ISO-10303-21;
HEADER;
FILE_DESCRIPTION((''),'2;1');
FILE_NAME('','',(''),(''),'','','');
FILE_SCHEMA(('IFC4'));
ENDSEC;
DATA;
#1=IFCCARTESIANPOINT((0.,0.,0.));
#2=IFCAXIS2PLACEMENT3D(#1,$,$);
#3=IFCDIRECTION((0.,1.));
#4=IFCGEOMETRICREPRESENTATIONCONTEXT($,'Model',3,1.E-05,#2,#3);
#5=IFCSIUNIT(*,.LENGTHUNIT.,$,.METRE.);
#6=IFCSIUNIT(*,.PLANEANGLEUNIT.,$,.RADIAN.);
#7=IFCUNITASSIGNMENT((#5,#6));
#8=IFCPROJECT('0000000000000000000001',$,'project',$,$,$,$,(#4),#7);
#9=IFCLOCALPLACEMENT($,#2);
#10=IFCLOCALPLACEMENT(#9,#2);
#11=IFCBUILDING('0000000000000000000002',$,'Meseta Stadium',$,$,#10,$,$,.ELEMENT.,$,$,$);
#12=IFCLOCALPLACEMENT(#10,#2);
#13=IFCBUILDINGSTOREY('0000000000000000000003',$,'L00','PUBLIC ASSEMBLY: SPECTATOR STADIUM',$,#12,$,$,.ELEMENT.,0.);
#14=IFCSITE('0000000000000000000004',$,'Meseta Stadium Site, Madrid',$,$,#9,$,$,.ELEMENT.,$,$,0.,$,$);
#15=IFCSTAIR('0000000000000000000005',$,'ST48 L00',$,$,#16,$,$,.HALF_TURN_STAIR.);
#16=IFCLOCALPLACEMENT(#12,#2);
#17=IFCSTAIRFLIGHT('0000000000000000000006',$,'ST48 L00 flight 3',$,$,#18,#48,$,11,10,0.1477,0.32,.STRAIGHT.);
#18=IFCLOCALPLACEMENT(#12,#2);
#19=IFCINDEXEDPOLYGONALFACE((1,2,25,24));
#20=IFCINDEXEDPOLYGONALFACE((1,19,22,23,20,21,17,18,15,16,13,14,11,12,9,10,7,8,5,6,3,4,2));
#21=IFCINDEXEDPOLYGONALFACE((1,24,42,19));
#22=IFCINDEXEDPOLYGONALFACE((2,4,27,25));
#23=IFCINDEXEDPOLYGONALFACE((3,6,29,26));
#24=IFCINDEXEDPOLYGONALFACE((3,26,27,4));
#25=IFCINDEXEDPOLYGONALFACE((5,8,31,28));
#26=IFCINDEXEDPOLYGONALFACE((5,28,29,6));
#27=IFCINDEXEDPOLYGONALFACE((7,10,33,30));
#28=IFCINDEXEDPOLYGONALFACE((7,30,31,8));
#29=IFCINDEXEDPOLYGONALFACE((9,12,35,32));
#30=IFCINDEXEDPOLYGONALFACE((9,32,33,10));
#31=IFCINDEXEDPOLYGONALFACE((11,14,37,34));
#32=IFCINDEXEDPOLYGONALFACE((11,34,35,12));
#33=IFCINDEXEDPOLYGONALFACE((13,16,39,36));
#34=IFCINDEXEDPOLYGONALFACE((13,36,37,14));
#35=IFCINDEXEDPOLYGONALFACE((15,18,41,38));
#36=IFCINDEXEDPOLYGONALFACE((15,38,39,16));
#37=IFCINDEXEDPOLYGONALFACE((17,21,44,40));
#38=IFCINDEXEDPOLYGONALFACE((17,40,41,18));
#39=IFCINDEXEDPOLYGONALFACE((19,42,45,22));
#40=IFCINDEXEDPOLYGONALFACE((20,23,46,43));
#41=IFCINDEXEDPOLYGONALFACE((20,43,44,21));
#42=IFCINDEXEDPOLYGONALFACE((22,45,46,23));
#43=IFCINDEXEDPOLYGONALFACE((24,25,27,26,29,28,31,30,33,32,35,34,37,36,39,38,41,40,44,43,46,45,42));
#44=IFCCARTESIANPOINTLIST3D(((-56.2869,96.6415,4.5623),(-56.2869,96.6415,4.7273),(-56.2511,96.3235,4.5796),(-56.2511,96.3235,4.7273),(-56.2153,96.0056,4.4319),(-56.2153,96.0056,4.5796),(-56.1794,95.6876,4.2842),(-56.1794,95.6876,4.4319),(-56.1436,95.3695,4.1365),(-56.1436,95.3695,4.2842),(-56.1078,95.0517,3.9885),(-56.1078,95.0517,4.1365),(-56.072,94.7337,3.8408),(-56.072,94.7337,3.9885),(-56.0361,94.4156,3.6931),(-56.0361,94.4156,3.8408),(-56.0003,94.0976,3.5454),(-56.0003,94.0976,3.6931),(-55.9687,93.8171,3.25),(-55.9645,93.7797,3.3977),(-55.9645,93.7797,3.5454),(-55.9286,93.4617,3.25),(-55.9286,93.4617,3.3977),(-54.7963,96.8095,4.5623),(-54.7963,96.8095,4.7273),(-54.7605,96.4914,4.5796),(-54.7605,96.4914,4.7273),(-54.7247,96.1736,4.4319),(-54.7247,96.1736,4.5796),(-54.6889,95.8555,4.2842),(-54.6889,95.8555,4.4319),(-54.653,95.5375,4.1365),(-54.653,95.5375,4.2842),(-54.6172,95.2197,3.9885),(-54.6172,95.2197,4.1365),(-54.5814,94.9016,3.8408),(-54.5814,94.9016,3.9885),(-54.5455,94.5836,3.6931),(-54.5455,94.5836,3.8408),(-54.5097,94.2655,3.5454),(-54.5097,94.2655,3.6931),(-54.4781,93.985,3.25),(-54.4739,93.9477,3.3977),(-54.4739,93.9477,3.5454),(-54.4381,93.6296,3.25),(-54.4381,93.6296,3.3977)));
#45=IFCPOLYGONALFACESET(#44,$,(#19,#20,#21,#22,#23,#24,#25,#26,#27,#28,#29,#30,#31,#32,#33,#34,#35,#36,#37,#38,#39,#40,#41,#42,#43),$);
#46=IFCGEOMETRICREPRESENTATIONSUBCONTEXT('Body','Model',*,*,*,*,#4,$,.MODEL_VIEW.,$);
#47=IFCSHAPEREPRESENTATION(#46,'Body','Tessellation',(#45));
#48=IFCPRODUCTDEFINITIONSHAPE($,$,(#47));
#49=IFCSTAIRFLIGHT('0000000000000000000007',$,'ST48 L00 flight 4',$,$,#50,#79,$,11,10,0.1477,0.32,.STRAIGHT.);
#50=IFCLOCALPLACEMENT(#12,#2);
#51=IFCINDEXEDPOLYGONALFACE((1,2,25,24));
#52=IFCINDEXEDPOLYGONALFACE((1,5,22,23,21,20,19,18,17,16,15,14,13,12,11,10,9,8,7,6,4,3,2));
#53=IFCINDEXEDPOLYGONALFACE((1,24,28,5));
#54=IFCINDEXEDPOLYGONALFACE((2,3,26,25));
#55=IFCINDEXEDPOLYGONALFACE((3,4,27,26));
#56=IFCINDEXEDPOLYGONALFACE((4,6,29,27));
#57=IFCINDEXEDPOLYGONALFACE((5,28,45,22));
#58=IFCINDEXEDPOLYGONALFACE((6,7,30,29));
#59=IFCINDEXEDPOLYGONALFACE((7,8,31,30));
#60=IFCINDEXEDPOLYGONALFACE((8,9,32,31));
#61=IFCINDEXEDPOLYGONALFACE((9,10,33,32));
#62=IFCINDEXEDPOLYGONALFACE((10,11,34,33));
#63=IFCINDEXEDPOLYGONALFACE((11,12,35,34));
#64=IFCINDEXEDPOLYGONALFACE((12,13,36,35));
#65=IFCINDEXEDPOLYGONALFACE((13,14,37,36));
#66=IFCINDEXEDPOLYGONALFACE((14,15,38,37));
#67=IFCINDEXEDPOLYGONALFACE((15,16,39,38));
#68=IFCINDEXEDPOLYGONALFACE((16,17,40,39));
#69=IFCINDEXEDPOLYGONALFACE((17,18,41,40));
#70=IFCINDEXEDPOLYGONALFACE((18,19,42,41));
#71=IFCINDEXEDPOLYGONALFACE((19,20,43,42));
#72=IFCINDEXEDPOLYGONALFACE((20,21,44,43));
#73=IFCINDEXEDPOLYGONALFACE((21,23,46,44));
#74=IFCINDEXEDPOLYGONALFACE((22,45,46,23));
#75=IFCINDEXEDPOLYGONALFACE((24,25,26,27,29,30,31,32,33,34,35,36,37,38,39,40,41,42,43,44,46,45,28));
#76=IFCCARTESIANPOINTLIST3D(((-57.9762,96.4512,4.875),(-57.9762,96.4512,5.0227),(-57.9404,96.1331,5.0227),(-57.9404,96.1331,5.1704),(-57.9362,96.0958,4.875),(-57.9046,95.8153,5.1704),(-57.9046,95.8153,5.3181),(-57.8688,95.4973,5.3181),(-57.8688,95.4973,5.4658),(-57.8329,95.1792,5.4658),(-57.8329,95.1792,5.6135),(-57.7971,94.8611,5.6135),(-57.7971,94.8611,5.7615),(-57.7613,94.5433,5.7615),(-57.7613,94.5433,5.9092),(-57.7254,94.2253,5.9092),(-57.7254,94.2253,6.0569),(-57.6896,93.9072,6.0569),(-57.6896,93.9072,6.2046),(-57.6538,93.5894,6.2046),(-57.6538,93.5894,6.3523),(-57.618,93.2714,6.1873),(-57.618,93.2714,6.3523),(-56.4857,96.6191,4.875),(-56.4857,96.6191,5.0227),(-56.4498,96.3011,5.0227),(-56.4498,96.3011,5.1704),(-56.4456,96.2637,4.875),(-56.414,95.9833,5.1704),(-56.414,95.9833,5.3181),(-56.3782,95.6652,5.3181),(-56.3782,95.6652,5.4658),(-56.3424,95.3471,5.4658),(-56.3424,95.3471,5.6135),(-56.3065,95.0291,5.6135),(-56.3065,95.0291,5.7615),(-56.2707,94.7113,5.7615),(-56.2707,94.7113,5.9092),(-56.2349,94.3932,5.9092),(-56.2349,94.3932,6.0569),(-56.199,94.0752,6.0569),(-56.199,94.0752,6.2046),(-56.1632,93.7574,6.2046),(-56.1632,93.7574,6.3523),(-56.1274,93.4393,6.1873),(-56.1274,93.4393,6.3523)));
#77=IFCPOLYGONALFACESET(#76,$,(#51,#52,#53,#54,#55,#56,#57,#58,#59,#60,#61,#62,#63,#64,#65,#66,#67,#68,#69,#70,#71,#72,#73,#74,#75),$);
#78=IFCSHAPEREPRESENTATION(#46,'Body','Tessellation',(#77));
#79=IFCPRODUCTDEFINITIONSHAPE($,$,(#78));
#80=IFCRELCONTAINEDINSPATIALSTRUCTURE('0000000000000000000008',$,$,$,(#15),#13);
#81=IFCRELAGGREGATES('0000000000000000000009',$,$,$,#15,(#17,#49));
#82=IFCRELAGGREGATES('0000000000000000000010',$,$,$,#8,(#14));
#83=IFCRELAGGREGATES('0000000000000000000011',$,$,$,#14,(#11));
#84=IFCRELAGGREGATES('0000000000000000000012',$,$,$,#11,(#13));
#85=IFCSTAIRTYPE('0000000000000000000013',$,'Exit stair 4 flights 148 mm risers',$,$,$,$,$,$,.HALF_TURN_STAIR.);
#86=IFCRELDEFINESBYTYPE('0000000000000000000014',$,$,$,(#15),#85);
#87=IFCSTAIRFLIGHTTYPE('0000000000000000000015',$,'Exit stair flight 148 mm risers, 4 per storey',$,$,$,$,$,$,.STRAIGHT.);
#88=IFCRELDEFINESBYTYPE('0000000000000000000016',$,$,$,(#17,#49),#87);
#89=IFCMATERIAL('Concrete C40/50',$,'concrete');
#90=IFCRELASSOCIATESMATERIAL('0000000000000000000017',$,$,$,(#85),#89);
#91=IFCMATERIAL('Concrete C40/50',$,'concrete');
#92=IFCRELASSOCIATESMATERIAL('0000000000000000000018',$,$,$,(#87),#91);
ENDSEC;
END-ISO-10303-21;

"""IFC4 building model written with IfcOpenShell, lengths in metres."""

from ifc_helpers import new_model, si_unit, direction, frame, origin, place, context, subcontext, project, spatial, polyline, outline, extrude, material, type_object, element, aggregate, save


model = new_model("IFC4")

# Units and contexts
model_context = context("Model", 3, precision=1e-05, world=origin(), true_north=direction((0.0, 1.0)))
body_context = subcontext(model_context, "Body", "Model", "MODEL_VIEW")
ifc_project = project(units=[si_unit("LENGTHUNIT", "METRE"), si_unit("PLANEANGLEUNIT", "RADIAN")], contexts=[model_context])

# Site, building, storey
site_placement = place(None, origin())
site = spatial("IfcSite", under=ifc_project, at=site_placement, Name="Meseta Stadium Site, Madrid", CompositionType="ELEMENT", RefElevation=0.0)
building_placement = place(site_placement, origin())
building = spatial("IfcBuilding", under=site, at=building_placement, Name="Meseta Stadium", CompositionType="ELEMENT")
storey_placement = place(building_placement, origin())
storey = spatial("IfcBuildingStorey", under=building, at=storey_placement, Name="L00", Description="PUBLIC ASSEMBLY: SPECTATOR STADIUM", CompositionType="ELEMENT", Elevation=0.0)

# Stair, stair flights
ifc_material_1 = material(Name="Concrete C40/50", Category="concrete")
stair_type = type_object("IfcStairType", Name="Exit stair 4 flights 148 mm risers", PredefinedType="HALF_TURN_STAIR", material=ifc_material_1)
ifc_material_2 = material(Name="Concrete C40/50", Category="concrete")
stair_flight_type = type_object("IfcStairFlightType", Name="Exit stair flight 148 mm risers, 4 per storey", PredefinedType="STRAIGHT", material=ifc_material_2)
stair_1_placement = place(storey_placement, origin())
stair_1 = element("IfcStair", 1, at=stair_1_placement, inside=storey, type_object=stair_type, Name="ST48 L00", PredefinedType="HALF_TURN_STAIR")
stair_flight_1_placement = place(storey_placement, frame((-55.1833, 93.5457, 3.25), z_axis=(0.0, 0.0, 1.0), x_axis=(-0.111964, 0.993712, 0.0)))
stair_flight_1 = element("IfcStairFlight", 2, at=stair_flight_1_placement, type_object=stair_flight_type, Name="ST48 L00 flight 3", NumberOfRisers=11, NumberOfTreads=10, PredefinedType="STRAIGHT", RiserHeight=0.1477, TreadLength=0.32, context=body_context, shape_type="SweptSolid", body=[
    extrude(outline(polyline([(0.0, 0.0), (0.0, 0.1477), (0.3201, 0.1477), (0.3201, 0.2954), (0.6399, 0.2954), (0.6399, 0.4431), (0.96, 0.4431), (0.96, 0.5908), (1.28, 0.5908), (1.28, 0.7385), (1.6001, 0.7385), (1.6001, 0.8865), (1.9199, 0.8865), (1.9199, 1.0342), (2.24, 1.0342), (2.24, 1.1819), (2.5601, 1.1819), (2.5601, 1.3296), (2.8799, 1.3296), (2.8799, 1.4773), (3.2, 1.4773), (3.2, 1.3123), (0.3577, 0.0), (0.0, 0.0)])), frame((0.0, 0.75, 0.0), z_axis=(0.0, -1.0, 0.0), x_axis=(1.0, 0.0, 0.0)), (0.0, 0.0, 1.0), 1.5),
])
stair_flight_2_placement = place(storey_placement, frame((-57.231, 96.5352, 4.875), z_axis=(0.0, 0.0, 1.0), x_axis=(0.111964, -0.993712, 0.0)))
stair_flight_2 = element("IfcStairFlight", 3, at=stair_flight_2_placement, type_object=stair_flight_type, Name="ST48 L00 flight 4", NumberOfRisers=11, NumberOfTreads=10, PredefinedType="STRAIGHT", RiserHeight=0.1477, TreadLength=0.32, context=body_context, shape_type="SweptSolid", body=[
    extrude(outline(polyline([(0.0, 0.0), (0.0, 0.1477), (0.3201, 0.1477), (0.3201, 0.2954), (0.6399, 0.2954), (0.6399, 0.4431), (0.96, 0.4431), (0.96, 0.5908), (1.28, 0.5908), (1.28, 0.7385), (1.6001, 0.7385), (1.6001, 0.8865), (1.9199, 0.8865), (1.9199, 1.0342), (2.24, 1.0342), (2.24, 1.1819), (2.5601, 1.1819), (2.5601, 1.3296), (2.8799, 1.3296), (2.8799, 1.4773), (3.2, 1.4773), (3.2, 1.3123), (0.3577, 0.0), (0.0, 0.0)])), frame((0.0, 0.75, 0.0), z_axis=(0.0, -1.0, 0.0), x_axis=(1.0, 0.0, 0.0)), (0.0, 0.0, 1.0), 1.5),
])
aggregate(stair_1, [stair_flight_1, stair_flight_2])

save(model, "model.ifc")
